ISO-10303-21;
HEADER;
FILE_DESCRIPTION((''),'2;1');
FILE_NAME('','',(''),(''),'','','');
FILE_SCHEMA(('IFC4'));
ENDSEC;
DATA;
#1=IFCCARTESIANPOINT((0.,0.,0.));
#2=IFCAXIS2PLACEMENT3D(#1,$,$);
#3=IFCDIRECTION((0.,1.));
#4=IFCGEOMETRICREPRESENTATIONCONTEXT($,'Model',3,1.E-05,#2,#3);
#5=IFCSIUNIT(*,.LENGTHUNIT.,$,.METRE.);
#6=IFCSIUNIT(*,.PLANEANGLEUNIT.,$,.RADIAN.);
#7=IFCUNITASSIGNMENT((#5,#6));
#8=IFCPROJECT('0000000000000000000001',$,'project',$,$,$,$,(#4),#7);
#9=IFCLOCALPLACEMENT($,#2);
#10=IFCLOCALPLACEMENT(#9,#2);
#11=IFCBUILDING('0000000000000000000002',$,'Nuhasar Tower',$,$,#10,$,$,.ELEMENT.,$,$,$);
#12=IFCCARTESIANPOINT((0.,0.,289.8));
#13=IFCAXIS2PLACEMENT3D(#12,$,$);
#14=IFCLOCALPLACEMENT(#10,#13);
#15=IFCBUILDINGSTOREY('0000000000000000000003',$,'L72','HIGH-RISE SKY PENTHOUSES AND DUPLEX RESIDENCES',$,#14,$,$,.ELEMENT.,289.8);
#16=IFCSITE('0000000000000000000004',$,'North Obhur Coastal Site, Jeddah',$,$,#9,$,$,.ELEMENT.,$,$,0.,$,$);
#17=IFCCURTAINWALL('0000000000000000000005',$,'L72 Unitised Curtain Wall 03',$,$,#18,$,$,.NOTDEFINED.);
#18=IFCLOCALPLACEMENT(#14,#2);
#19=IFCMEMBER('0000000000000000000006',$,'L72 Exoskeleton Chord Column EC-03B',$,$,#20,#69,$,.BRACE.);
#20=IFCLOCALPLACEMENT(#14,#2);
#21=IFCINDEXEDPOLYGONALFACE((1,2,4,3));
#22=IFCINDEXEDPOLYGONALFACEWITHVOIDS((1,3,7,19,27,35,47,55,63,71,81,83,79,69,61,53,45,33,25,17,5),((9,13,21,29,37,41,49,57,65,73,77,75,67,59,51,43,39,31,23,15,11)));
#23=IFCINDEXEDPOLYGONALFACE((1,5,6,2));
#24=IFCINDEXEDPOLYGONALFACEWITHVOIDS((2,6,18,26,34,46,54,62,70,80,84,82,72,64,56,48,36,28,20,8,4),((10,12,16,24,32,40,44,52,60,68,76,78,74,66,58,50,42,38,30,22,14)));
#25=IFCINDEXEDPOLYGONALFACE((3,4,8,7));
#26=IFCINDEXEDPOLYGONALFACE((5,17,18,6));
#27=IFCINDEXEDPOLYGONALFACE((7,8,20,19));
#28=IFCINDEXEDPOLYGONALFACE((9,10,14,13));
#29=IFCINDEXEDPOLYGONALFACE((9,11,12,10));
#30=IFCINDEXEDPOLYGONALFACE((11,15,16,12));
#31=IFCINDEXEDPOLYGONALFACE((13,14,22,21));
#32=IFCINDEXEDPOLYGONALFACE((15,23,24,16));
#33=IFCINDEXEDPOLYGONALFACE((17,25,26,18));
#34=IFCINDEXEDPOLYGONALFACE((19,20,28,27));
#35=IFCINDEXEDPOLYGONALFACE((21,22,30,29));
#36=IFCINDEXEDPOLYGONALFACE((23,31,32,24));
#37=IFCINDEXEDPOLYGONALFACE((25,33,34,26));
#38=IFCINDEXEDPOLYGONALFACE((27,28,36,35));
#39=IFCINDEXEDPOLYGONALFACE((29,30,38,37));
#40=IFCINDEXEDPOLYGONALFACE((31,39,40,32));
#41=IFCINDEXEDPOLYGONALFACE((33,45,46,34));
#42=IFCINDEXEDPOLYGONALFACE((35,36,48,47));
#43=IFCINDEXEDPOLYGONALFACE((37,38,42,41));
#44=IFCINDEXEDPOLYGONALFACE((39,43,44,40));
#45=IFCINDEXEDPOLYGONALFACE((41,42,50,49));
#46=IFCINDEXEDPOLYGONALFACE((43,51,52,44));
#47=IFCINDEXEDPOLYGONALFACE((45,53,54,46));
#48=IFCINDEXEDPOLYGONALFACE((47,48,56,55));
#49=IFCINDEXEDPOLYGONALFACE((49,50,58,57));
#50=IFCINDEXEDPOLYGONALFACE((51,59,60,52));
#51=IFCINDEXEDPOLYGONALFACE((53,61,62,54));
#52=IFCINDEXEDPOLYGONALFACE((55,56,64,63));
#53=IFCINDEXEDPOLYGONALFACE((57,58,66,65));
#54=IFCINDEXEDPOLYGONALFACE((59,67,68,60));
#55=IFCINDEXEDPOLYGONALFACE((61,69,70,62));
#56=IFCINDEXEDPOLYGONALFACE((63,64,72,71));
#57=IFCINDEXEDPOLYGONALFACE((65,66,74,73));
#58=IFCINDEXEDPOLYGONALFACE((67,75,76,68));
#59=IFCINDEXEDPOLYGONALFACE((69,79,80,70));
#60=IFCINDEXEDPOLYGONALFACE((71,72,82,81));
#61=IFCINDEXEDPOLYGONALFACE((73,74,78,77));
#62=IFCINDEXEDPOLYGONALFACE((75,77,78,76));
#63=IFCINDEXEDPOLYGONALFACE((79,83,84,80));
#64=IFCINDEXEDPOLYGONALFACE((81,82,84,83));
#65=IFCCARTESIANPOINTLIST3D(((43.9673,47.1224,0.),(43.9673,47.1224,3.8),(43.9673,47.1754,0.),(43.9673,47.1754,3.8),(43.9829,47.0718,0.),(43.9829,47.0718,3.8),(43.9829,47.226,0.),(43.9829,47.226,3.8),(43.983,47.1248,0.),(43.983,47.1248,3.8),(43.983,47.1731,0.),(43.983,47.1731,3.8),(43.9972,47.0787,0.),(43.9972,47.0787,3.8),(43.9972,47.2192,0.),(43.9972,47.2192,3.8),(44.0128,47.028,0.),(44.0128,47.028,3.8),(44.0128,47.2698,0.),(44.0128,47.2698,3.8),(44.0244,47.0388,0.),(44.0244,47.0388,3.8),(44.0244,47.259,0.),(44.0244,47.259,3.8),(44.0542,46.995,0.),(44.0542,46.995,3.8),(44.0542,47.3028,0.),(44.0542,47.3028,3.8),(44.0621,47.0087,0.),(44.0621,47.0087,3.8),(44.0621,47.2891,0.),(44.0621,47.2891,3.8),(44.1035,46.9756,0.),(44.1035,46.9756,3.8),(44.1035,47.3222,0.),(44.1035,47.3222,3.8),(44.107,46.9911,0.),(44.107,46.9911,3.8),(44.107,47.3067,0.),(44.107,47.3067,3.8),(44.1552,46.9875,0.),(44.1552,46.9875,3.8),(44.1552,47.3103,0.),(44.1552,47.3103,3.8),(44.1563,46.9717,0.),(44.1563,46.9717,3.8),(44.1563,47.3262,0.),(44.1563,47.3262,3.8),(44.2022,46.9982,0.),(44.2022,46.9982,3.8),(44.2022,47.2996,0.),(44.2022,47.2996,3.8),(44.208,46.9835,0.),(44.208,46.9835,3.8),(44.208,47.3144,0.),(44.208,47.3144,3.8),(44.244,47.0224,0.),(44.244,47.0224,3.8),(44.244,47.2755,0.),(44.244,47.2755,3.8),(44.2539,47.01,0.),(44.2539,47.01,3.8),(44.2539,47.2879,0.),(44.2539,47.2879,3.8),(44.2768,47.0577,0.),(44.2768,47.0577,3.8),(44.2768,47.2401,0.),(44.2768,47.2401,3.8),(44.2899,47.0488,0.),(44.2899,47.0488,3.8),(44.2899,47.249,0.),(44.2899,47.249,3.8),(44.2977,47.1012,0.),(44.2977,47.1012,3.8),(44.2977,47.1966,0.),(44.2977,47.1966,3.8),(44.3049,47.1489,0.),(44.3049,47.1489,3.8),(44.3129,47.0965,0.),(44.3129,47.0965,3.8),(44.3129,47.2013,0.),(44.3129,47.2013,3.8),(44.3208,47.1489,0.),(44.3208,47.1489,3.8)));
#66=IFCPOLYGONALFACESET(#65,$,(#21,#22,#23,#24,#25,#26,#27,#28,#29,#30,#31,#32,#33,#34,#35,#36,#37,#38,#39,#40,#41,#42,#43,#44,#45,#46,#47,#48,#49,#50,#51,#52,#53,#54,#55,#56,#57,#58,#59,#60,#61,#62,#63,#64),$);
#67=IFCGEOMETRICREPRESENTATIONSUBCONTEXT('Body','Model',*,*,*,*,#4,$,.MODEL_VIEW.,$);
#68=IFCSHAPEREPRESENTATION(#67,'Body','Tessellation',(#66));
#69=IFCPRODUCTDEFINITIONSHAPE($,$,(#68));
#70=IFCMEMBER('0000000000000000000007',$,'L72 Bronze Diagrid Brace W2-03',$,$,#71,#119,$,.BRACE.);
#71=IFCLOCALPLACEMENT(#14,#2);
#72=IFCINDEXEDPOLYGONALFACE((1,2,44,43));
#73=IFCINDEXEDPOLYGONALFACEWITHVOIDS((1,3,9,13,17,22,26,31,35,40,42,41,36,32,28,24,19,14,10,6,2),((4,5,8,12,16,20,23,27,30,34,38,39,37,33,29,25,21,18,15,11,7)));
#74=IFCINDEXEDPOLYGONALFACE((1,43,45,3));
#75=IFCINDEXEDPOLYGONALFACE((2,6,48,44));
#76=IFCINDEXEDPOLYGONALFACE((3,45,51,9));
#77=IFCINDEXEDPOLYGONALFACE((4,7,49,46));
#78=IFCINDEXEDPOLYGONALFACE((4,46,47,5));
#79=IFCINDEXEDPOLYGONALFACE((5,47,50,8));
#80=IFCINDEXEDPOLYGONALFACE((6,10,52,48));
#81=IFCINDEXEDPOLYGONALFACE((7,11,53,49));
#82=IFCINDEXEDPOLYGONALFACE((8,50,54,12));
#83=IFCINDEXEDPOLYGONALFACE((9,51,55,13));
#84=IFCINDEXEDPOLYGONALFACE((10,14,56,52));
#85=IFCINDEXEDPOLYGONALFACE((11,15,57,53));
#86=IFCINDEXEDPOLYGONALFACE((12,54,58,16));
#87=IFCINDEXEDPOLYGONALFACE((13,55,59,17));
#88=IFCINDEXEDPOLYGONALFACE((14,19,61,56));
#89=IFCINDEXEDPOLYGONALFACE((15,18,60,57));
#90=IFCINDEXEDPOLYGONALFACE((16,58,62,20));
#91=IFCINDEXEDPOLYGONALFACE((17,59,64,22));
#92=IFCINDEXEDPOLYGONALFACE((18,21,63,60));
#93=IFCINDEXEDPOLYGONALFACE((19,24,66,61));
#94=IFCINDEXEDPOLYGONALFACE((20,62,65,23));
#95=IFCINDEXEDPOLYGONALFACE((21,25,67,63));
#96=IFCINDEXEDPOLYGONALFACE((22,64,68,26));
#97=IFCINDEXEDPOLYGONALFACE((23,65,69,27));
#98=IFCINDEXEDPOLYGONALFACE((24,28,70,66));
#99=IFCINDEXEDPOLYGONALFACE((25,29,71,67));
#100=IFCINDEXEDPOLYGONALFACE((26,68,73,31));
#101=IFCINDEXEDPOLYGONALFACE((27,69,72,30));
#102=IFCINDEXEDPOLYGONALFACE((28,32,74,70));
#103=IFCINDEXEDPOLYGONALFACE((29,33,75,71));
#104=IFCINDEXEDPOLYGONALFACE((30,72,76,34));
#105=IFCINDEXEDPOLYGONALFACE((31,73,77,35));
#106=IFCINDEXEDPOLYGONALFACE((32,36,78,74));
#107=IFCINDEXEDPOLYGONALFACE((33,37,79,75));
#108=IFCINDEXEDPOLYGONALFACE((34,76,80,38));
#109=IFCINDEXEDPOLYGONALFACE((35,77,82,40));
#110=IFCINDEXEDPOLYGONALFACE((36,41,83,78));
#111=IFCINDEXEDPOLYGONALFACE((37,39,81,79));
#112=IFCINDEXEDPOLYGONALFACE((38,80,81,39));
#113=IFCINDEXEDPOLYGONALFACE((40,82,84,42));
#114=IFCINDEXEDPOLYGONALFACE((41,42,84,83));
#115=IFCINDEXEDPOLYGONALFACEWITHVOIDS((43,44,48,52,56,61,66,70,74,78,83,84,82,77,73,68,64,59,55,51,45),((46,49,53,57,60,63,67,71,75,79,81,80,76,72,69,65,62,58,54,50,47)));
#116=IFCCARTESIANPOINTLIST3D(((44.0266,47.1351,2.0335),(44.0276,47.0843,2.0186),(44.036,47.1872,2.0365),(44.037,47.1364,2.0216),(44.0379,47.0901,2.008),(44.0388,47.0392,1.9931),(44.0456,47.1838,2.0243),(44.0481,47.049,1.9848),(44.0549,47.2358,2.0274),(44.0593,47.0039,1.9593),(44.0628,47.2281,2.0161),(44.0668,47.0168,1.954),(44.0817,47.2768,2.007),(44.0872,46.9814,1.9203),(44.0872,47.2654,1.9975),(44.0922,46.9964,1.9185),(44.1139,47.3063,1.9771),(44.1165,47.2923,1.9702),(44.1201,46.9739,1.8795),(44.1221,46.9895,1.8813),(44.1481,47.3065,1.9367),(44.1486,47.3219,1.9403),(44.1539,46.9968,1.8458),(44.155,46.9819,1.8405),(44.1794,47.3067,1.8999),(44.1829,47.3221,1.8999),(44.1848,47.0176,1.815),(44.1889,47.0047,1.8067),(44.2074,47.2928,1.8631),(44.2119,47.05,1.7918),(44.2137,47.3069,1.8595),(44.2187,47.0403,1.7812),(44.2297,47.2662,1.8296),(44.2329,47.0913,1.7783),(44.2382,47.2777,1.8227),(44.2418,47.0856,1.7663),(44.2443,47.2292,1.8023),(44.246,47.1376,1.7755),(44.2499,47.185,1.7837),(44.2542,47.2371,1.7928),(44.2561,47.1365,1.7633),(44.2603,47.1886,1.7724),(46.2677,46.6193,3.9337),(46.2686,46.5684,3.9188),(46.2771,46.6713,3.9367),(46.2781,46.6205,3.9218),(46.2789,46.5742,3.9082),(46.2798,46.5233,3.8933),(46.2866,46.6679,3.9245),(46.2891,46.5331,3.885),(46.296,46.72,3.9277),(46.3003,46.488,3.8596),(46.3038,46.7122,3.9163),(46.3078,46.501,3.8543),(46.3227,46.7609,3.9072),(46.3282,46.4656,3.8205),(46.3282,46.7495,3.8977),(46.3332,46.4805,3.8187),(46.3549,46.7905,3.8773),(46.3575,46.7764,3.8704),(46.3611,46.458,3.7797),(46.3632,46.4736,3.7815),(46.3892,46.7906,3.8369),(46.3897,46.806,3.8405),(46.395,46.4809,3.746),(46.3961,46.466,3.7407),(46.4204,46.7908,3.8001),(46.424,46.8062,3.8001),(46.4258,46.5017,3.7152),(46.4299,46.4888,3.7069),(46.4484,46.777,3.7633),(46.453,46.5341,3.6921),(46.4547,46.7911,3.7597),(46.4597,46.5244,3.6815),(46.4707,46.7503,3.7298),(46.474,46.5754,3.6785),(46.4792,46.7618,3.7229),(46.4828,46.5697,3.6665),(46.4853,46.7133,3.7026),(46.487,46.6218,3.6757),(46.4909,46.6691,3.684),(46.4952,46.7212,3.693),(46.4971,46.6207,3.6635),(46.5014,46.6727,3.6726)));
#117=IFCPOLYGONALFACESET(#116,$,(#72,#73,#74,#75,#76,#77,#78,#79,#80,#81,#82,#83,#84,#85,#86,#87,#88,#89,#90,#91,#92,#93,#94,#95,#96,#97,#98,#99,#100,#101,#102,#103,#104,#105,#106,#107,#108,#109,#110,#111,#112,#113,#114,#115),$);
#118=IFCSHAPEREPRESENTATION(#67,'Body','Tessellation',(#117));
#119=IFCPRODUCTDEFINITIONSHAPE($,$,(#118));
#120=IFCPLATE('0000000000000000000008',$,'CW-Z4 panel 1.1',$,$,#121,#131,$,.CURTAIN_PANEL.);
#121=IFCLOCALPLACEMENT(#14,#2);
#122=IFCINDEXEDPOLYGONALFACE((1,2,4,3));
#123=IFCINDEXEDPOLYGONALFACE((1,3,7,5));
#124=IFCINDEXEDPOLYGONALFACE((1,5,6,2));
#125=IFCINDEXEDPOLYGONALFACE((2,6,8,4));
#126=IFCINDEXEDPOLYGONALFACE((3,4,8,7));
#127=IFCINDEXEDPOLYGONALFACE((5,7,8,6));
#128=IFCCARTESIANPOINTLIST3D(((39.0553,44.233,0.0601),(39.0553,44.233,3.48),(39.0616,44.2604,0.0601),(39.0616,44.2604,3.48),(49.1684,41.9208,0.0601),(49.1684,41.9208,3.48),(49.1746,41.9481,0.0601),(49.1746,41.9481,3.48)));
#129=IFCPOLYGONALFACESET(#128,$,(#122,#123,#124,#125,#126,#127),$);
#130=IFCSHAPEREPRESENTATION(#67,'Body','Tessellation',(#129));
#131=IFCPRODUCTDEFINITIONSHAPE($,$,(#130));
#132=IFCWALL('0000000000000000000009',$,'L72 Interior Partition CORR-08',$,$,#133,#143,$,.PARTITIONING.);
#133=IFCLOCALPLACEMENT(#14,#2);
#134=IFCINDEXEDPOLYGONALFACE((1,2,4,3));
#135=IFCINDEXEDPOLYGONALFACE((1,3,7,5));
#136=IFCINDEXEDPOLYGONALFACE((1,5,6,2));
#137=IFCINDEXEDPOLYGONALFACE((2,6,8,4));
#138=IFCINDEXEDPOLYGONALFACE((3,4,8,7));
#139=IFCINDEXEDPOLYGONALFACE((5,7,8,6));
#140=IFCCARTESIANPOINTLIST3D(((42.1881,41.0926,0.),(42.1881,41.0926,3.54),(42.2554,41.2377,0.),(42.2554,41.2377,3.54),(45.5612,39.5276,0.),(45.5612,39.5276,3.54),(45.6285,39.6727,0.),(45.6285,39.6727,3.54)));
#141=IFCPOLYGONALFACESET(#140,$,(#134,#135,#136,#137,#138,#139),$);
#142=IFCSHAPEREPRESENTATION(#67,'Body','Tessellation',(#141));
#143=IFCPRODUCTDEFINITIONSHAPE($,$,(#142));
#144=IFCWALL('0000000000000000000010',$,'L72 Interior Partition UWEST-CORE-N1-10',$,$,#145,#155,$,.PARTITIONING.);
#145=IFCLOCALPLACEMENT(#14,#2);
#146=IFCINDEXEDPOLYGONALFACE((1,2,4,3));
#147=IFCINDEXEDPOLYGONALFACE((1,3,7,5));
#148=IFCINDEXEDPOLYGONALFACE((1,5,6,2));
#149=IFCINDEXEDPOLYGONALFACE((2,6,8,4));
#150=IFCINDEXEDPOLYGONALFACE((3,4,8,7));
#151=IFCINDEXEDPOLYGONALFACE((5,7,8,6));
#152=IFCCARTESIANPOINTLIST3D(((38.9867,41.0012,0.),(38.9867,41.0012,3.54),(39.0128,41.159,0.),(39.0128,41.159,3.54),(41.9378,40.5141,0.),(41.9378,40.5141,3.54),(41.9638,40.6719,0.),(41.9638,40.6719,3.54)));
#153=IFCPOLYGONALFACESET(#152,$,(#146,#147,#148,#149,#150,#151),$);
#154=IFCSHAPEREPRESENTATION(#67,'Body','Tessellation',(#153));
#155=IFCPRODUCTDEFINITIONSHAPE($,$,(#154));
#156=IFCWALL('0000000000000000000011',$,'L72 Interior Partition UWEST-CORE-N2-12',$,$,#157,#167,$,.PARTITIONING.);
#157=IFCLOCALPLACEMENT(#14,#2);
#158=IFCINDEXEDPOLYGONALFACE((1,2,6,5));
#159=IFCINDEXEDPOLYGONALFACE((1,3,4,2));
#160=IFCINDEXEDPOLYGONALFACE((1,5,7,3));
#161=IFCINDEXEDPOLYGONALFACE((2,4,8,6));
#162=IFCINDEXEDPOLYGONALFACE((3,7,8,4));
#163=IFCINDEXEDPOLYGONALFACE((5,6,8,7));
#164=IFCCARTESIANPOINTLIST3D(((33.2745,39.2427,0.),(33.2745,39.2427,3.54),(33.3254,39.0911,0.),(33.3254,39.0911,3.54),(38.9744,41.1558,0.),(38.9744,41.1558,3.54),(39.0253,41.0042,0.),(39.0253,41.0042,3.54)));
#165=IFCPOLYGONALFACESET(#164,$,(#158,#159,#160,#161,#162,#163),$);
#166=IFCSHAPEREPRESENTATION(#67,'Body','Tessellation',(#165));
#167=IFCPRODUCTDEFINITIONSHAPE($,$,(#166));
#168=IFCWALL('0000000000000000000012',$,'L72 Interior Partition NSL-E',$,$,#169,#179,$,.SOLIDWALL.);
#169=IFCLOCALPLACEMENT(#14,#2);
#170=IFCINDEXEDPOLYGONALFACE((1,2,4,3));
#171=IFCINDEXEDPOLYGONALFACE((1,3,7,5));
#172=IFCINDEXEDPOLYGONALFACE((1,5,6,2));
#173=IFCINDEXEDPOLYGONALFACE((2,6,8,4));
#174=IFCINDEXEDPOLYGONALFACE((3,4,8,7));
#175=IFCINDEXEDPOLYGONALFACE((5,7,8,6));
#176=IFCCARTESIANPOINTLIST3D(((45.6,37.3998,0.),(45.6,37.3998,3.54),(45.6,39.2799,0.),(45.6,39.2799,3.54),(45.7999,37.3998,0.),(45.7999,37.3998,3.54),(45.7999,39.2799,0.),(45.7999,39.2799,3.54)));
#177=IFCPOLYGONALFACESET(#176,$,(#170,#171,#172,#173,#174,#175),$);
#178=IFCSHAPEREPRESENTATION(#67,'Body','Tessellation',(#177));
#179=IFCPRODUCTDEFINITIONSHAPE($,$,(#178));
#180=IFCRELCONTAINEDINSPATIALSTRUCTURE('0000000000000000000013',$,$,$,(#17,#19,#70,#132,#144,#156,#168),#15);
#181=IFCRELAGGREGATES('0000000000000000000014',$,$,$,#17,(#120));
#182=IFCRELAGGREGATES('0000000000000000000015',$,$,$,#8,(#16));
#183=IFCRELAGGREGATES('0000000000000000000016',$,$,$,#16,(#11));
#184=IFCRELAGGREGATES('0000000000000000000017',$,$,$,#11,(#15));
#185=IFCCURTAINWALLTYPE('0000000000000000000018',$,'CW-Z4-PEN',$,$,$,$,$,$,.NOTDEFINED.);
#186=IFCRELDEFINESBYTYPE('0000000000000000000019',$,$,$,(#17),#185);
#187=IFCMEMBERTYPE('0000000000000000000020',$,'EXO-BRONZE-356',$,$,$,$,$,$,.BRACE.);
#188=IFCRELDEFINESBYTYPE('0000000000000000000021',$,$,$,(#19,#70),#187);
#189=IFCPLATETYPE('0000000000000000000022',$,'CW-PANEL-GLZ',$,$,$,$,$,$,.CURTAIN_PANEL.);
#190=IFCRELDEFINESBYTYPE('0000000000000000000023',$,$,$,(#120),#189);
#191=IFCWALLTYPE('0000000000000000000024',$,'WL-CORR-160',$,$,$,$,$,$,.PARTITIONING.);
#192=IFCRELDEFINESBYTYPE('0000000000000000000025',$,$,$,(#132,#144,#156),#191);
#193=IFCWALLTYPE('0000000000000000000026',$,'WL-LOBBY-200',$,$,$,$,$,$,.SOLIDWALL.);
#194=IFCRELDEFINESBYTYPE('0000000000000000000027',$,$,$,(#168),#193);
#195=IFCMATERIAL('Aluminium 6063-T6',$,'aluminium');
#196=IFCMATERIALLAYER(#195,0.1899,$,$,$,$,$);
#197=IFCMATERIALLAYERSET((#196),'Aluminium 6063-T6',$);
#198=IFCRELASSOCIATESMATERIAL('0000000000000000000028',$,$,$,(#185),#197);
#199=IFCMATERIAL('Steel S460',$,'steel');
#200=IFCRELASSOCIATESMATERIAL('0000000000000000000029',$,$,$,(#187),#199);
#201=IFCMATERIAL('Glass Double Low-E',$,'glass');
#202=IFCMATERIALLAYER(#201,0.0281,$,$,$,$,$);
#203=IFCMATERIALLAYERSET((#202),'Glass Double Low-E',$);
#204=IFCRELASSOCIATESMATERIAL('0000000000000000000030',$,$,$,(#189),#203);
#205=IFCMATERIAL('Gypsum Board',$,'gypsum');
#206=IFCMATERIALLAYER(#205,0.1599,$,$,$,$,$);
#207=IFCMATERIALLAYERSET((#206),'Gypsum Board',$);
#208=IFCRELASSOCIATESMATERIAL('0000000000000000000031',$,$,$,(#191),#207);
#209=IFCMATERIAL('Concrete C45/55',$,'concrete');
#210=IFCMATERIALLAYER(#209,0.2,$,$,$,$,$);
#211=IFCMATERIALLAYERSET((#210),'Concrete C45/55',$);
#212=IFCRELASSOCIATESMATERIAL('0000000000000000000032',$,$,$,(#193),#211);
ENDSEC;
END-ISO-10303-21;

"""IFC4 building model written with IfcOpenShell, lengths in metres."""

from ifc_helpers import new_model, si_unit, direction, frame, frame_2d, origin, origin_2d, place, context, subcontext, project, spatial, rectangle, hollow_circle, extrude, material, layer, layer_set, material_profile, profile_set, type_object, element, aggregate, save


model = new_model("IFC4")

# Units and contexts
model_context = context("Model", 3, precision=1e-05, world=origin(), true_north=direction((0.0, 1.0)))
body_context = subcontext(model_context, "Body", "Model", "MODEL_VIEW")
ifc_project = project(units=[si_unit("LENGTHUNIT", "METRE"), si_unit("PLANEANGLEUNIT", "RADIAN")], contexts=[model_context])

# Site, building, storey
site_placement = place(None, origin())
site = spatial("IfcSite", under=ifc_project, at=site_placement, Name="North Obhur Coastal Site, Jeddah", CompositionType="ELEMENT", RefElevation=0.0)
building_placement = place(site_placement, origin())
building = spatial("IfcBuilding", under=site, at=building_placement, Name="Nuhasar Tower", CompositionType="ELEMENT")
storey_placement = place(building_placement, frame((0.0, 0.0, 289.8)))
storey = spatial("IfcBuildingStorey", under=building, at=storey_placement, Name="L72", Description="HIGH-RISE SKY PENTHOUSES AND DUPLEX RESIDENCES", CompositionType="ELEMENT", Elevation=289.8)

# Curtain wall
ifc_material_1 = material(Name="Aluminium 6063-T6", Category="aluminium")
ifc_layer_1 = layer(ifc_material_1, 0.1899)
ifc_layer_set_1 = layer_set([ifc_layer_1], Name="Aluminium 6063-T6")
curtain_wall_type = type_object("IfcCurtainWallType", Name="CW-Z4-PEN", PredefinedType="NOTDEFINED", material=ifc_layer_set_1)
curtain_wall_placement = place(storey_placement, origin())
curtain_wall = element("IfcCurtainWall", 1, at=curtain_wall_placement, inside=storey, type_object=curtain_wall_type, Name="L72 Unitised Curtain Wall 03", PredefinedType="NOTDEFINED")

# Members
ifc_material_2 = material(Name="Steel S460", Category="steel")
ifc_material_profile_1 = material_profile(ifc_material_2, hollow_circle(Radius=0.1777, WallThickness=0.0159, at=origin_2d()), Name="HSS355.6X15.9")
ifc_profile_set_1 = profile_set([ifc_material_profile_1], Name="Steel S460")
member_type_1 = type_object("IfcMemberType", Name="EXO-BRONZE-356", PredefinedType="BRACE", material=ifc_profile_set_1)
member_1_placement = place(storey_placement, frame((44.1431, 47.1489, 0.0), z_axis=(0.0, 0.0, 1.0), x_axis=(1.0, 0.0, 0.0)))
element("IfcMember", 2, at=member_1_placement, inside=storey, type_object=member_type_1, Name="L72 Exoskeleton Chord Column EC-03B", PredefinedType="BRACE", context=body_context, shape_type="SweptSolid", body=[
    extrude(hollow_circle(Radius=0.1777, WallThickness=0.0159, at=origin_2d()), origin(), (0.0, 0.0, 1.0), 3.8),
])
member_2_placement = place(storey_placement, frame((44.1431, 47.1489, 1.8999), z_axis=(0.751232, -0.172933, 0.63698), x_axis=(0.224332, 0.974513, 0.0)))
element("IfcMember", 3, at=member_2_placement, inside=storey, type_object=member_type_1, Name="L72 Bronze Diagrid Brace W2-03", PredefinedType="BRACE", context=body_context, shape_type="SweptSolid", body=[
    extrude(hollow_circle(Radius=0.1777, WallThickness=0.0159, at=origin_2d()), origin(), (0.0, 0.0, 1.0), 2.9832),
])

# Plate
ifc_material_3 = material(Name="Glass Double Low-E", Category="glass")
ifc_layer_2 = layer(ifc_material_3, 0.0281)
ifc_layer_set_2 = layer_set([ifc_layer_2], Name="Glass Double Low-E")
plate_type = type_object("IfcPlateType", Name="CW-PANEL-GLZ", PredefinedType="CURTAIN_PANEL", material=ifc_layer_set_2)
plate_placement = place(storey_placement, frame((44.115, 43.0906, 0.0601), z_axis=(0.0, 0.0, 1.0), x_axis=(-0.974844, 0.222889, 0.0)))
plate = element("IfcPlate", 4, at=plate_placement, type_object=plate_type, Name="CW-Z4 panel 1.1", PredefinedType="CURTAIN_PANEL", context=body_context, shape_type="SweptSolid", body=[
    extrude(rectangle(XDim=10.374, YDim=0.0281, at=origin_2d()), origin(), (0.0, 0.0, 1.0), 3.4199),
])
aggregate(curtain_wall, [plate])

# Walls
ifc_material_4 = material(Name="Gypsum Board", Category="gypsum")
ifc_layer_3 = layer(ifc_material_4, 0.1599)
ifc_layer_set_3 = layer_set([ifc_layer_3], Name="Gypsum Board")
wall_type_1 = type_object("IfcWallType", Name="WL-CORR-160", PredefinedType="PARTITIONING", material=ifc_layer_set_3)
wall_1_placement = place(storey_placement, frame((45.595, 39.6001, 0.0), z_axis=(0.0, 0.0, 1.0), x_axis=(-0.907124, 0.420864, 0.0)))
element("IfcWall", 5, at=wall_1_placement, inside=storey, type_object=wall_type_1, Name="L72 Interior Partition CORR-08", PredefinedType="PARTITIONING", context=body_context, shape_type="SweptSolid", body=[
    extrude(rectangle(XDim=3.7185, YDim=0.1599, at=frame_2d((1.8594, 0.0))), origin(), (0.0, 0.0, 1.0), 3.54),
])
wall_2_placement = place(storey_placement, frame((41.9509, 40.593, 0.0), z_axis=(0.0, 0.0, 1.0), x_axis=(-0.986651, 0.16285, 0.0)))
element("IfcWall", 6, at=wall_2_placement, inside=storey, type_object=wall_type_1, Name="L72 Interior Partition UWEST-CORE-N1-10", PredefinedType="PARTITIONING", context=body_context, shape_type="SweptSolid", body=[
    extrude(rectangle(XDim=2.991, YDim=0.1599, at=frame_2d((1.4956, 0.0))), origin(), (0.0, 0.0, 1.0), 3.54),
])
wall_3_placement = place(storey_placement, frame((39.0, 41.0801, 0.0), z_axis=(0.0, 0.0, 1.0), x_axis=(-0.948028, -0.318188, 0.0)))
element("IfcWall", 7, at=wall_3_placement, inside=storey, type_object=wall_type_1, Name="L72 Interior Partition UWEST-CORE-N2-12", PredefinedType="PARTITIONING", context=body_context, shape_type="SweptSolid", body=[
    extrude(rectangle(XDim=6.0125, YDim=0.1599, at=frame_2d((3.0063, 0.0))), origin(), (0.0, 0.0, 1.0), 3.54),
])
ifc_material_5 = material(Name="Concrete C45/55", Category="concrete")
ifc_layer_4 = layer(ifc_material_5, 0.2)
ifc_layer_set_4 = layer_set([ifc_layer_4], Name="Concrete C45/55")
wall_type_2 = type_object("IfcWallType", Name="WL-LOBBY-200", PredefinedType="SOLIDWALL", material=ifc_layer_set_4)
wall_4_placement = place(storey_placement, frame((45.7, 37.3999, 0.0), z_axis=(0.0, 0.0, 1.0), x_axis=(0.0, 1.0, 0.0)))
element("IfcWall", 8, at=wall_4_placement, inside=storey, type_object=wall_type_2, Name="L72 Interior Partition NSL-E", PredefinedType="SOLIDWALL", context=body_context, shape_type="SweptSolid", body=[
    extrude(rectangle(XDim=1.8801, YDim=0.2, at=frame_2d((0.9399, 0.0))), origin(), (0.0, 0.0, 1.0), 3.54),
])

save(model, "model.ifc")
